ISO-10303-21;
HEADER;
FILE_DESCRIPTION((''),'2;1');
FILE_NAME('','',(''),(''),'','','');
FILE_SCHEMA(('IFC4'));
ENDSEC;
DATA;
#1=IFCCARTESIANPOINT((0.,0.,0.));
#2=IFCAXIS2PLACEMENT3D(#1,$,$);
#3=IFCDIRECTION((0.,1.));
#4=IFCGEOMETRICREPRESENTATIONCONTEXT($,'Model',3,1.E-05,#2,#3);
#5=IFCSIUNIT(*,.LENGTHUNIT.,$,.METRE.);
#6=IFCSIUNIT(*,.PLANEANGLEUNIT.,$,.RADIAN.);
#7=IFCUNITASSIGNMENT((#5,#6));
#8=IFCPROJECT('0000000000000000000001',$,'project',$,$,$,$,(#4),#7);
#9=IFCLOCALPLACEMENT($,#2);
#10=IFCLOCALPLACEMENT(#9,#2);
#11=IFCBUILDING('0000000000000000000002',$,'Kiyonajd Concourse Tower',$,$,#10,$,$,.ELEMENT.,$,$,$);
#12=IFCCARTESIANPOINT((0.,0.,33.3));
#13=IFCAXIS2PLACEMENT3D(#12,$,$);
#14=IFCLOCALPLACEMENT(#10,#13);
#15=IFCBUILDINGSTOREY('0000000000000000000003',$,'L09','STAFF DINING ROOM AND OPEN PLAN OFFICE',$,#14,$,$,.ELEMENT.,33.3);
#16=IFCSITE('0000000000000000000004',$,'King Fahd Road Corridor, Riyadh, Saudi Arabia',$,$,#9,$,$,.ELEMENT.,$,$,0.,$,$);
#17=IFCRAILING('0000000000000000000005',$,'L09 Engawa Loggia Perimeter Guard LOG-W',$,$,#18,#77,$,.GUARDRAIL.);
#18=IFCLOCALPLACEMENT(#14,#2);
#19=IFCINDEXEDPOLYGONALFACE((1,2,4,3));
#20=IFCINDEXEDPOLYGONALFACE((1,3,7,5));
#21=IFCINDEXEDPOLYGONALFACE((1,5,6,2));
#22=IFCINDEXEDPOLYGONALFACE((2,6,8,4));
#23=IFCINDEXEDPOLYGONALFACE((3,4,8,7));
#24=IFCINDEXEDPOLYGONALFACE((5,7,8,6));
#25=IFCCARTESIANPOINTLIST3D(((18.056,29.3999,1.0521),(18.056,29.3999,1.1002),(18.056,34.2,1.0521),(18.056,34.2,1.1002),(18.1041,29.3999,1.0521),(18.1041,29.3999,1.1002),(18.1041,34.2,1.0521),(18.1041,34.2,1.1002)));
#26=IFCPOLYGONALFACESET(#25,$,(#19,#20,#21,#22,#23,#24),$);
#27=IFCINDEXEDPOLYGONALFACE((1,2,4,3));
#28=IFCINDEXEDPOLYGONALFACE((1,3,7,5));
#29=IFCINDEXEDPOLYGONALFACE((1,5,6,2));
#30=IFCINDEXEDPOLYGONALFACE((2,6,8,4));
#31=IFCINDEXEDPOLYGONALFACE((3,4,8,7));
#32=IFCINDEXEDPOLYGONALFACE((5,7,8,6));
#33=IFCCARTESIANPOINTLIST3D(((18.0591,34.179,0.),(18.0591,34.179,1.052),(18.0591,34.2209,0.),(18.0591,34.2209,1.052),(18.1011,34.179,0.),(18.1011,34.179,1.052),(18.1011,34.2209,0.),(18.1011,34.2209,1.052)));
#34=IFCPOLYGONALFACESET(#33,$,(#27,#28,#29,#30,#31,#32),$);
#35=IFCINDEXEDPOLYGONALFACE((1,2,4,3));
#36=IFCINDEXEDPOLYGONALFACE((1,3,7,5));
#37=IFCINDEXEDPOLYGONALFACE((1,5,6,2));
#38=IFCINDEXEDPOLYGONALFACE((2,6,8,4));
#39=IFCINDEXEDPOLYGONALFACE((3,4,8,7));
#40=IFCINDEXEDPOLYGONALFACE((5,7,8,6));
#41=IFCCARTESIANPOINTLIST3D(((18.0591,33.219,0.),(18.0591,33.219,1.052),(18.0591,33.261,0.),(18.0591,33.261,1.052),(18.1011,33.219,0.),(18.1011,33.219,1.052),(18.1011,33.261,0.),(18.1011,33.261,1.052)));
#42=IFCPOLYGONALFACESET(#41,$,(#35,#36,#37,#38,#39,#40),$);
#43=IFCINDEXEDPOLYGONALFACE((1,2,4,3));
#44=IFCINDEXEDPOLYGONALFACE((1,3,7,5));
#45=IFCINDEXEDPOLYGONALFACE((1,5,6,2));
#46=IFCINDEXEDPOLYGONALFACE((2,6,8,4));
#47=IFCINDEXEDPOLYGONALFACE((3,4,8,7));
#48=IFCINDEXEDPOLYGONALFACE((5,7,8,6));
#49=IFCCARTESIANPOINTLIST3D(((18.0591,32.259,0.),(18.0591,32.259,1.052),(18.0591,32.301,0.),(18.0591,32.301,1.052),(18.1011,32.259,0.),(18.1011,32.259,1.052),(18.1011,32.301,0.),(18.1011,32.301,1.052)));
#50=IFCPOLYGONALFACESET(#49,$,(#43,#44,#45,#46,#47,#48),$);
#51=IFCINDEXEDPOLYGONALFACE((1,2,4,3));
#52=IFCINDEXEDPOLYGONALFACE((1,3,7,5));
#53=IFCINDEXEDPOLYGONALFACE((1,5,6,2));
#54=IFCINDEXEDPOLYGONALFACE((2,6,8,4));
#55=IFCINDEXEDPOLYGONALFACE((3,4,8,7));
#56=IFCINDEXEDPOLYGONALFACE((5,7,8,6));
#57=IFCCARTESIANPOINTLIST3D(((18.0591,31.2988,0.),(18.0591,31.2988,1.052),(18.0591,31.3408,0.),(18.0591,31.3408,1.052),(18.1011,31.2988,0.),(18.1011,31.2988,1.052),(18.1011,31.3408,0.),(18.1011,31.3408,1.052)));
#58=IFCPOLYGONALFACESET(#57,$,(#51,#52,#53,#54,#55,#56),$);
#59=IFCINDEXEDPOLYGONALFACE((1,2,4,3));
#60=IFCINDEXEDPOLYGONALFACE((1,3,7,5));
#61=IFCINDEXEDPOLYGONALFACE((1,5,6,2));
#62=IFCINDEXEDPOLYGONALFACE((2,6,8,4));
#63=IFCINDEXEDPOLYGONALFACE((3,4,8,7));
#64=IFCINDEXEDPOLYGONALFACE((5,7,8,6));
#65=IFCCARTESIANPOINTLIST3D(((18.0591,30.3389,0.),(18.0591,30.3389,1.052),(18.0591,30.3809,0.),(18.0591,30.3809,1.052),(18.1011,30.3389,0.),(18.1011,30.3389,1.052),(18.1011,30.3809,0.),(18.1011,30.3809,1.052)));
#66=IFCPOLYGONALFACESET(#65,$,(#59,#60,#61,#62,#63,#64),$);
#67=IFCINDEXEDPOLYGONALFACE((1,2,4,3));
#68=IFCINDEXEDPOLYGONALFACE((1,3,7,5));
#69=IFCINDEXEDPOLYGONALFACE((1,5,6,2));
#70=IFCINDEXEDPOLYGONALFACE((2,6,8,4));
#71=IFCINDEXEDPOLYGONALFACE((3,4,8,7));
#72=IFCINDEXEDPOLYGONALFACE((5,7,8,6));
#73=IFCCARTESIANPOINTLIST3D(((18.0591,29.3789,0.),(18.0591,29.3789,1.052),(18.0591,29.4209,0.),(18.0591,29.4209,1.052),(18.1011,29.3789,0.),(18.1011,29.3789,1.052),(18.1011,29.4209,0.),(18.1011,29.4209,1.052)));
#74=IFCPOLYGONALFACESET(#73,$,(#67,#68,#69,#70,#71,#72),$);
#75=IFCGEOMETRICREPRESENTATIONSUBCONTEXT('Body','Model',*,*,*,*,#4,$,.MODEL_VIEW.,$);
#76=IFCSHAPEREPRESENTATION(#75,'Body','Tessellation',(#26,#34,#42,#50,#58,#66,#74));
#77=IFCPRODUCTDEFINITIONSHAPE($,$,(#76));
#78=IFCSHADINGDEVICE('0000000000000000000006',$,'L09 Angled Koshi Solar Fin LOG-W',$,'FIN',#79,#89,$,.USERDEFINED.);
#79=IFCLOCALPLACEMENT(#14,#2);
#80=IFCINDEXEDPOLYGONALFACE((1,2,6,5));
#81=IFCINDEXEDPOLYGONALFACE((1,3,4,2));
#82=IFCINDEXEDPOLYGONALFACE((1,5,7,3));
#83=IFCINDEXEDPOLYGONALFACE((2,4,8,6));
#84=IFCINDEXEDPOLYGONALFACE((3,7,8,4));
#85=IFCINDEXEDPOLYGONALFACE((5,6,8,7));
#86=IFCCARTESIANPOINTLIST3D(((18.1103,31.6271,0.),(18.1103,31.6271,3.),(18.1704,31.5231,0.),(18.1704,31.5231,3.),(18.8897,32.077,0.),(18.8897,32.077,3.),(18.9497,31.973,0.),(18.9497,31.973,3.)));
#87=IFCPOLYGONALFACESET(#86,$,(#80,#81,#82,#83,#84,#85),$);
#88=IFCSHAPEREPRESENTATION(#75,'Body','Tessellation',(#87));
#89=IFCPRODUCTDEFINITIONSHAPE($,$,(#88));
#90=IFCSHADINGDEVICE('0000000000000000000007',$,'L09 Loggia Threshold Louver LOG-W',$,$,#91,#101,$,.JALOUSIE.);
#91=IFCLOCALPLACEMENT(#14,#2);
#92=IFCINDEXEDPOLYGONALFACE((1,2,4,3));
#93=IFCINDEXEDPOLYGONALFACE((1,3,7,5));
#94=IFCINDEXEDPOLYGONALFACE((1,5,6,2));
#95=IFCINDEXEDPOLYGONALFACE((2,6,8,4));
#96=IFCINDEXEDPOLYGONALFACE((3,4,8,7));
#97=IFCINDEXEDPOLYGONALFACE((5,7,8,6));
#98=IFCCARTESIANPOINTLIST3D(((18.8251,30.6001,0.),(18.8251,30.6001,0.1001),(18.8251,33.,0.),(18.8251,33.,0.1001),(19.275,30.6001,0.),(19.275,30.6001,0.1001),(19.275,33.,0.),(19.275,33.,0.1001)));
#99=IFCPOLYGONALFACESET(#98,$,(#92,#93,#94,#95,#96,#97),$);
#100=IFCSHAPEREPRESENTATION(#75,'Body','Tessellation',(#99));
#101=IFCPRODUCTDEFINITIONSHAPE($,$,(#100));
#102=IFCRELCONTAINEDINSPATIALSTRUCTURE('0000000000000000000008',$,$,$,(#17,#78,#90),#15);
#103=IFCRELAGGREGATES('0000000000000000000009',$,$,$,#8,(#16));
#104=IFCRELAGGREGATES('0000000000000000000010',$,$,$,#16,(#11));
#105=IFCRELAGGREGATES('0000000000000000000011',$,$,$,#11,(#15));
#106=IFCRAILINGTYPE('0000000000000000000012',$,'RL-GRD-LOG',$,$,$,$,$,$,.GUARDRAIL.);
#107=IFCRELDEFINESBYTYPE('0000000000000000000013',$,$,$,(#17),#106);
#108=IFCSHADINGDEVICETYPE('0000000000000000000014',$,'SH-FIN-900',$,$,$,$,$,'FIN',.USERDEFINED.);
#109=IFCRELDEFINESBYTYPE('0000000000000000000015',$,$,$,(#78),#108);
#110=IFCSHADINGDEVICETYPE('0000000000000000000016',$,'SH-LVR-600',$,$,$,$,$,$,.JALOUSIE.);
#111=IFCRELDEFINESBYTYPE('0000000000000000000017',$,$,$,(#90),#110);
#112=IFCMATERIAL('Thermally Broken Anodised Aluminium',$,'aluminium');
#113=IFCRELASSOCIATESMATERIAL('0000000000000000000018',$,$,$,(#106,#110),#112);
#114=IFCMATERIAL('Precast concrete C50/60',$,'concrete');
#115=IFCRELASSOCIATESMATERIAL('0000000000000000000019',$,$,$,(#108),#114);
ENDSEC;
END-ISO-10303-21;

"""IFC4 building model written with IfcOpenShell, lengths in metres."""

from ifc_helpers import new_model, si_unit, direction, frame, origin, origin_2d, place, context, subcontext, project, spatial, rectangle, extrude, material, type_object, element, save


model = new_model("IFC4")

# Units and contexts
model_context = context("Model", 3, precision=1e-05, world=origin(), true_north=direction((0.0, 1.0)))
body_context = subcontext(model_context, "Body", "Model", "MODEL_VIEW")
ifc_project = project(units=[si_unit("LENGTHUNIT", "METRE"), si_unit("PLANEANGLEUNIT", "RADIAN")], contexts=[model_context])

# Site, building, storey
site_placement = place(None, origin())
site = spatial("IfcSite", under=ifc_project, at=site_placement, Name="King Fahd Road Corridor, Riyadh, Saudi Arabia", CompositionType="ELEMENT", RefElevation=0.0)
building_placement = place(site_placement, origin())
building = spatial("IfcBuilding", under=site, at=building_placement, Name="Kiyonajd Concourse Tower", CompositionType="ELEMENT")
storey_placement = place(building_placement, frame((0.0, 0.0, 33.3)))
storey = spatial("IfcBuildingStorey", under=building, at=storey_placement, Name="L09", Description="STAFF DINING ROOM AND OPEN PLAN OFFICE", CompositionType="ELEMENT", Elevation=33.3)

# Shared definitions
ifc_material_1 = material(Name="Precast concrete C50/60", Category="concrete")

# Shared definitions
ifc_material_2 = material(Name="Thermally Broken Anodised Aluminium", Category="aluminium")

# Railing
railing_type = type_object("IfcRailingType", Name="RL-GRD-LOG", PredefinedType="GUARDRAIL", material=ifc_material_2)
railing_placement = place(storey_placement, frame((18.0801, 34.2, 0.0)))
element("IfcRailing", 1, at=railing_placement, inside=storey, type_object=railing_type, Name="L09 Engawa Loggia Perimeter Guard LOG-W", PredefinedType="GUARDRAIL", context=body_context, shape_type="SweptSolid", body=[
    extrude(rectangle(XDim=0.0481, YDim=0.0481, at=origin_2d()), frame((0.0, 0.0, 1.0762), z_axis=(0.0, -1.0, 0.0), x_axis=(1.0, 0.0, 0.0)), (0.0, 0.0, 1.0), 4.8),
    extrude(rectangle(XDim=0.042, YDim=0.042, at=origin_2d()), origin(), (0.0, 0.0, 1.0), 1.052),
    extrude(rectangle(XDim=0.042, YDim=0.042, at=origin_2d()), frame((0.0, -0.96, 0.0)), (0.0, 0.0, 1.0), 1.052),
    extrude(rectangle(XDim=0.042, YDim=0.042, at=origin_2d()), frame((0.0, -1.9199, 0.0)), (0.0, 0.0, 1.0), 1.052),
    extrude(rectangle(XDim=0.042, YDim=0.042, at=origin_2d()), frame((0.0, -2.8801, 0.0)), (0.0, 0.0, 1.0), 1.052),
    extrude(rectangle(XDim=0.042, YDim=0.042, at=origin_2d()), frame((0.0, -3.8401, 0.0)), (0.0, 0.0, 1.0), 1.052),
    extrude(rectangle(XDim=0.042, YDim=0.042, at=origin_2d()), frame((0.0, -4.8, 0.0)), (0.0, 0.0, 1.0), 1.052),
])

# Shading devices
shading_device_type_1 = type_object("IfcShadingDeviceType", Name="SH-FIN-900", ElementType="FIN", PredefinedType="USERDEFINED", material=ifc_material_1)
shading_device_1_placement = place(storey_placement, frame((18.53, 31.8, 0.0), z_axis=(0.0, 0.0, 1.0), x_axis=(0.866025, 0.5, 0.0)))
element("IfcShadingDevice", 2, at=shading_device_1_placement, inside=storey, type_object=shading_device_type_1, Name="L09 Angled Koshi Solar Fin LOG-W", ObjectType="FIN", PredefinedType="USERDEFINED", context=body_context, shape_type="SweptSolid", body=[
    extrude(rectangle(XDim=0.8999, YDim=0.1201, at=origin_2d()), origin(), (0.0, 0.0, 1.0), 3.0),
])
shading_device_type_2 = type_object("IfcShadingDeviceType", Name="SH-LVR-600", PredefinedType="JALOUSIE", material=ifc_material_2)
shading_device_2_placement = place(storey_placement, frame((19.05, 31.8, 0.0), z_axis=(0.0, 0.0, 1.0), x_axis=(0.0, 1.0, 0.0)))
element("IfcShadingDevice", 3, at=shading_device_2_placement, inside=storey, type_object=shading_device_type_2, Name="L09 Loggia Threshold Louver LOG-W", PredefinedType="JALOUSIE", context=body_context, shape_type="SweptSolid", body=[
    extrude(rectangle(XDim=2.3999, YDim=0.45, at=origin_2d()), origin(), (0.0, 0.0, 1.0), 0.1001),
])

save(model, "model.ifc")
